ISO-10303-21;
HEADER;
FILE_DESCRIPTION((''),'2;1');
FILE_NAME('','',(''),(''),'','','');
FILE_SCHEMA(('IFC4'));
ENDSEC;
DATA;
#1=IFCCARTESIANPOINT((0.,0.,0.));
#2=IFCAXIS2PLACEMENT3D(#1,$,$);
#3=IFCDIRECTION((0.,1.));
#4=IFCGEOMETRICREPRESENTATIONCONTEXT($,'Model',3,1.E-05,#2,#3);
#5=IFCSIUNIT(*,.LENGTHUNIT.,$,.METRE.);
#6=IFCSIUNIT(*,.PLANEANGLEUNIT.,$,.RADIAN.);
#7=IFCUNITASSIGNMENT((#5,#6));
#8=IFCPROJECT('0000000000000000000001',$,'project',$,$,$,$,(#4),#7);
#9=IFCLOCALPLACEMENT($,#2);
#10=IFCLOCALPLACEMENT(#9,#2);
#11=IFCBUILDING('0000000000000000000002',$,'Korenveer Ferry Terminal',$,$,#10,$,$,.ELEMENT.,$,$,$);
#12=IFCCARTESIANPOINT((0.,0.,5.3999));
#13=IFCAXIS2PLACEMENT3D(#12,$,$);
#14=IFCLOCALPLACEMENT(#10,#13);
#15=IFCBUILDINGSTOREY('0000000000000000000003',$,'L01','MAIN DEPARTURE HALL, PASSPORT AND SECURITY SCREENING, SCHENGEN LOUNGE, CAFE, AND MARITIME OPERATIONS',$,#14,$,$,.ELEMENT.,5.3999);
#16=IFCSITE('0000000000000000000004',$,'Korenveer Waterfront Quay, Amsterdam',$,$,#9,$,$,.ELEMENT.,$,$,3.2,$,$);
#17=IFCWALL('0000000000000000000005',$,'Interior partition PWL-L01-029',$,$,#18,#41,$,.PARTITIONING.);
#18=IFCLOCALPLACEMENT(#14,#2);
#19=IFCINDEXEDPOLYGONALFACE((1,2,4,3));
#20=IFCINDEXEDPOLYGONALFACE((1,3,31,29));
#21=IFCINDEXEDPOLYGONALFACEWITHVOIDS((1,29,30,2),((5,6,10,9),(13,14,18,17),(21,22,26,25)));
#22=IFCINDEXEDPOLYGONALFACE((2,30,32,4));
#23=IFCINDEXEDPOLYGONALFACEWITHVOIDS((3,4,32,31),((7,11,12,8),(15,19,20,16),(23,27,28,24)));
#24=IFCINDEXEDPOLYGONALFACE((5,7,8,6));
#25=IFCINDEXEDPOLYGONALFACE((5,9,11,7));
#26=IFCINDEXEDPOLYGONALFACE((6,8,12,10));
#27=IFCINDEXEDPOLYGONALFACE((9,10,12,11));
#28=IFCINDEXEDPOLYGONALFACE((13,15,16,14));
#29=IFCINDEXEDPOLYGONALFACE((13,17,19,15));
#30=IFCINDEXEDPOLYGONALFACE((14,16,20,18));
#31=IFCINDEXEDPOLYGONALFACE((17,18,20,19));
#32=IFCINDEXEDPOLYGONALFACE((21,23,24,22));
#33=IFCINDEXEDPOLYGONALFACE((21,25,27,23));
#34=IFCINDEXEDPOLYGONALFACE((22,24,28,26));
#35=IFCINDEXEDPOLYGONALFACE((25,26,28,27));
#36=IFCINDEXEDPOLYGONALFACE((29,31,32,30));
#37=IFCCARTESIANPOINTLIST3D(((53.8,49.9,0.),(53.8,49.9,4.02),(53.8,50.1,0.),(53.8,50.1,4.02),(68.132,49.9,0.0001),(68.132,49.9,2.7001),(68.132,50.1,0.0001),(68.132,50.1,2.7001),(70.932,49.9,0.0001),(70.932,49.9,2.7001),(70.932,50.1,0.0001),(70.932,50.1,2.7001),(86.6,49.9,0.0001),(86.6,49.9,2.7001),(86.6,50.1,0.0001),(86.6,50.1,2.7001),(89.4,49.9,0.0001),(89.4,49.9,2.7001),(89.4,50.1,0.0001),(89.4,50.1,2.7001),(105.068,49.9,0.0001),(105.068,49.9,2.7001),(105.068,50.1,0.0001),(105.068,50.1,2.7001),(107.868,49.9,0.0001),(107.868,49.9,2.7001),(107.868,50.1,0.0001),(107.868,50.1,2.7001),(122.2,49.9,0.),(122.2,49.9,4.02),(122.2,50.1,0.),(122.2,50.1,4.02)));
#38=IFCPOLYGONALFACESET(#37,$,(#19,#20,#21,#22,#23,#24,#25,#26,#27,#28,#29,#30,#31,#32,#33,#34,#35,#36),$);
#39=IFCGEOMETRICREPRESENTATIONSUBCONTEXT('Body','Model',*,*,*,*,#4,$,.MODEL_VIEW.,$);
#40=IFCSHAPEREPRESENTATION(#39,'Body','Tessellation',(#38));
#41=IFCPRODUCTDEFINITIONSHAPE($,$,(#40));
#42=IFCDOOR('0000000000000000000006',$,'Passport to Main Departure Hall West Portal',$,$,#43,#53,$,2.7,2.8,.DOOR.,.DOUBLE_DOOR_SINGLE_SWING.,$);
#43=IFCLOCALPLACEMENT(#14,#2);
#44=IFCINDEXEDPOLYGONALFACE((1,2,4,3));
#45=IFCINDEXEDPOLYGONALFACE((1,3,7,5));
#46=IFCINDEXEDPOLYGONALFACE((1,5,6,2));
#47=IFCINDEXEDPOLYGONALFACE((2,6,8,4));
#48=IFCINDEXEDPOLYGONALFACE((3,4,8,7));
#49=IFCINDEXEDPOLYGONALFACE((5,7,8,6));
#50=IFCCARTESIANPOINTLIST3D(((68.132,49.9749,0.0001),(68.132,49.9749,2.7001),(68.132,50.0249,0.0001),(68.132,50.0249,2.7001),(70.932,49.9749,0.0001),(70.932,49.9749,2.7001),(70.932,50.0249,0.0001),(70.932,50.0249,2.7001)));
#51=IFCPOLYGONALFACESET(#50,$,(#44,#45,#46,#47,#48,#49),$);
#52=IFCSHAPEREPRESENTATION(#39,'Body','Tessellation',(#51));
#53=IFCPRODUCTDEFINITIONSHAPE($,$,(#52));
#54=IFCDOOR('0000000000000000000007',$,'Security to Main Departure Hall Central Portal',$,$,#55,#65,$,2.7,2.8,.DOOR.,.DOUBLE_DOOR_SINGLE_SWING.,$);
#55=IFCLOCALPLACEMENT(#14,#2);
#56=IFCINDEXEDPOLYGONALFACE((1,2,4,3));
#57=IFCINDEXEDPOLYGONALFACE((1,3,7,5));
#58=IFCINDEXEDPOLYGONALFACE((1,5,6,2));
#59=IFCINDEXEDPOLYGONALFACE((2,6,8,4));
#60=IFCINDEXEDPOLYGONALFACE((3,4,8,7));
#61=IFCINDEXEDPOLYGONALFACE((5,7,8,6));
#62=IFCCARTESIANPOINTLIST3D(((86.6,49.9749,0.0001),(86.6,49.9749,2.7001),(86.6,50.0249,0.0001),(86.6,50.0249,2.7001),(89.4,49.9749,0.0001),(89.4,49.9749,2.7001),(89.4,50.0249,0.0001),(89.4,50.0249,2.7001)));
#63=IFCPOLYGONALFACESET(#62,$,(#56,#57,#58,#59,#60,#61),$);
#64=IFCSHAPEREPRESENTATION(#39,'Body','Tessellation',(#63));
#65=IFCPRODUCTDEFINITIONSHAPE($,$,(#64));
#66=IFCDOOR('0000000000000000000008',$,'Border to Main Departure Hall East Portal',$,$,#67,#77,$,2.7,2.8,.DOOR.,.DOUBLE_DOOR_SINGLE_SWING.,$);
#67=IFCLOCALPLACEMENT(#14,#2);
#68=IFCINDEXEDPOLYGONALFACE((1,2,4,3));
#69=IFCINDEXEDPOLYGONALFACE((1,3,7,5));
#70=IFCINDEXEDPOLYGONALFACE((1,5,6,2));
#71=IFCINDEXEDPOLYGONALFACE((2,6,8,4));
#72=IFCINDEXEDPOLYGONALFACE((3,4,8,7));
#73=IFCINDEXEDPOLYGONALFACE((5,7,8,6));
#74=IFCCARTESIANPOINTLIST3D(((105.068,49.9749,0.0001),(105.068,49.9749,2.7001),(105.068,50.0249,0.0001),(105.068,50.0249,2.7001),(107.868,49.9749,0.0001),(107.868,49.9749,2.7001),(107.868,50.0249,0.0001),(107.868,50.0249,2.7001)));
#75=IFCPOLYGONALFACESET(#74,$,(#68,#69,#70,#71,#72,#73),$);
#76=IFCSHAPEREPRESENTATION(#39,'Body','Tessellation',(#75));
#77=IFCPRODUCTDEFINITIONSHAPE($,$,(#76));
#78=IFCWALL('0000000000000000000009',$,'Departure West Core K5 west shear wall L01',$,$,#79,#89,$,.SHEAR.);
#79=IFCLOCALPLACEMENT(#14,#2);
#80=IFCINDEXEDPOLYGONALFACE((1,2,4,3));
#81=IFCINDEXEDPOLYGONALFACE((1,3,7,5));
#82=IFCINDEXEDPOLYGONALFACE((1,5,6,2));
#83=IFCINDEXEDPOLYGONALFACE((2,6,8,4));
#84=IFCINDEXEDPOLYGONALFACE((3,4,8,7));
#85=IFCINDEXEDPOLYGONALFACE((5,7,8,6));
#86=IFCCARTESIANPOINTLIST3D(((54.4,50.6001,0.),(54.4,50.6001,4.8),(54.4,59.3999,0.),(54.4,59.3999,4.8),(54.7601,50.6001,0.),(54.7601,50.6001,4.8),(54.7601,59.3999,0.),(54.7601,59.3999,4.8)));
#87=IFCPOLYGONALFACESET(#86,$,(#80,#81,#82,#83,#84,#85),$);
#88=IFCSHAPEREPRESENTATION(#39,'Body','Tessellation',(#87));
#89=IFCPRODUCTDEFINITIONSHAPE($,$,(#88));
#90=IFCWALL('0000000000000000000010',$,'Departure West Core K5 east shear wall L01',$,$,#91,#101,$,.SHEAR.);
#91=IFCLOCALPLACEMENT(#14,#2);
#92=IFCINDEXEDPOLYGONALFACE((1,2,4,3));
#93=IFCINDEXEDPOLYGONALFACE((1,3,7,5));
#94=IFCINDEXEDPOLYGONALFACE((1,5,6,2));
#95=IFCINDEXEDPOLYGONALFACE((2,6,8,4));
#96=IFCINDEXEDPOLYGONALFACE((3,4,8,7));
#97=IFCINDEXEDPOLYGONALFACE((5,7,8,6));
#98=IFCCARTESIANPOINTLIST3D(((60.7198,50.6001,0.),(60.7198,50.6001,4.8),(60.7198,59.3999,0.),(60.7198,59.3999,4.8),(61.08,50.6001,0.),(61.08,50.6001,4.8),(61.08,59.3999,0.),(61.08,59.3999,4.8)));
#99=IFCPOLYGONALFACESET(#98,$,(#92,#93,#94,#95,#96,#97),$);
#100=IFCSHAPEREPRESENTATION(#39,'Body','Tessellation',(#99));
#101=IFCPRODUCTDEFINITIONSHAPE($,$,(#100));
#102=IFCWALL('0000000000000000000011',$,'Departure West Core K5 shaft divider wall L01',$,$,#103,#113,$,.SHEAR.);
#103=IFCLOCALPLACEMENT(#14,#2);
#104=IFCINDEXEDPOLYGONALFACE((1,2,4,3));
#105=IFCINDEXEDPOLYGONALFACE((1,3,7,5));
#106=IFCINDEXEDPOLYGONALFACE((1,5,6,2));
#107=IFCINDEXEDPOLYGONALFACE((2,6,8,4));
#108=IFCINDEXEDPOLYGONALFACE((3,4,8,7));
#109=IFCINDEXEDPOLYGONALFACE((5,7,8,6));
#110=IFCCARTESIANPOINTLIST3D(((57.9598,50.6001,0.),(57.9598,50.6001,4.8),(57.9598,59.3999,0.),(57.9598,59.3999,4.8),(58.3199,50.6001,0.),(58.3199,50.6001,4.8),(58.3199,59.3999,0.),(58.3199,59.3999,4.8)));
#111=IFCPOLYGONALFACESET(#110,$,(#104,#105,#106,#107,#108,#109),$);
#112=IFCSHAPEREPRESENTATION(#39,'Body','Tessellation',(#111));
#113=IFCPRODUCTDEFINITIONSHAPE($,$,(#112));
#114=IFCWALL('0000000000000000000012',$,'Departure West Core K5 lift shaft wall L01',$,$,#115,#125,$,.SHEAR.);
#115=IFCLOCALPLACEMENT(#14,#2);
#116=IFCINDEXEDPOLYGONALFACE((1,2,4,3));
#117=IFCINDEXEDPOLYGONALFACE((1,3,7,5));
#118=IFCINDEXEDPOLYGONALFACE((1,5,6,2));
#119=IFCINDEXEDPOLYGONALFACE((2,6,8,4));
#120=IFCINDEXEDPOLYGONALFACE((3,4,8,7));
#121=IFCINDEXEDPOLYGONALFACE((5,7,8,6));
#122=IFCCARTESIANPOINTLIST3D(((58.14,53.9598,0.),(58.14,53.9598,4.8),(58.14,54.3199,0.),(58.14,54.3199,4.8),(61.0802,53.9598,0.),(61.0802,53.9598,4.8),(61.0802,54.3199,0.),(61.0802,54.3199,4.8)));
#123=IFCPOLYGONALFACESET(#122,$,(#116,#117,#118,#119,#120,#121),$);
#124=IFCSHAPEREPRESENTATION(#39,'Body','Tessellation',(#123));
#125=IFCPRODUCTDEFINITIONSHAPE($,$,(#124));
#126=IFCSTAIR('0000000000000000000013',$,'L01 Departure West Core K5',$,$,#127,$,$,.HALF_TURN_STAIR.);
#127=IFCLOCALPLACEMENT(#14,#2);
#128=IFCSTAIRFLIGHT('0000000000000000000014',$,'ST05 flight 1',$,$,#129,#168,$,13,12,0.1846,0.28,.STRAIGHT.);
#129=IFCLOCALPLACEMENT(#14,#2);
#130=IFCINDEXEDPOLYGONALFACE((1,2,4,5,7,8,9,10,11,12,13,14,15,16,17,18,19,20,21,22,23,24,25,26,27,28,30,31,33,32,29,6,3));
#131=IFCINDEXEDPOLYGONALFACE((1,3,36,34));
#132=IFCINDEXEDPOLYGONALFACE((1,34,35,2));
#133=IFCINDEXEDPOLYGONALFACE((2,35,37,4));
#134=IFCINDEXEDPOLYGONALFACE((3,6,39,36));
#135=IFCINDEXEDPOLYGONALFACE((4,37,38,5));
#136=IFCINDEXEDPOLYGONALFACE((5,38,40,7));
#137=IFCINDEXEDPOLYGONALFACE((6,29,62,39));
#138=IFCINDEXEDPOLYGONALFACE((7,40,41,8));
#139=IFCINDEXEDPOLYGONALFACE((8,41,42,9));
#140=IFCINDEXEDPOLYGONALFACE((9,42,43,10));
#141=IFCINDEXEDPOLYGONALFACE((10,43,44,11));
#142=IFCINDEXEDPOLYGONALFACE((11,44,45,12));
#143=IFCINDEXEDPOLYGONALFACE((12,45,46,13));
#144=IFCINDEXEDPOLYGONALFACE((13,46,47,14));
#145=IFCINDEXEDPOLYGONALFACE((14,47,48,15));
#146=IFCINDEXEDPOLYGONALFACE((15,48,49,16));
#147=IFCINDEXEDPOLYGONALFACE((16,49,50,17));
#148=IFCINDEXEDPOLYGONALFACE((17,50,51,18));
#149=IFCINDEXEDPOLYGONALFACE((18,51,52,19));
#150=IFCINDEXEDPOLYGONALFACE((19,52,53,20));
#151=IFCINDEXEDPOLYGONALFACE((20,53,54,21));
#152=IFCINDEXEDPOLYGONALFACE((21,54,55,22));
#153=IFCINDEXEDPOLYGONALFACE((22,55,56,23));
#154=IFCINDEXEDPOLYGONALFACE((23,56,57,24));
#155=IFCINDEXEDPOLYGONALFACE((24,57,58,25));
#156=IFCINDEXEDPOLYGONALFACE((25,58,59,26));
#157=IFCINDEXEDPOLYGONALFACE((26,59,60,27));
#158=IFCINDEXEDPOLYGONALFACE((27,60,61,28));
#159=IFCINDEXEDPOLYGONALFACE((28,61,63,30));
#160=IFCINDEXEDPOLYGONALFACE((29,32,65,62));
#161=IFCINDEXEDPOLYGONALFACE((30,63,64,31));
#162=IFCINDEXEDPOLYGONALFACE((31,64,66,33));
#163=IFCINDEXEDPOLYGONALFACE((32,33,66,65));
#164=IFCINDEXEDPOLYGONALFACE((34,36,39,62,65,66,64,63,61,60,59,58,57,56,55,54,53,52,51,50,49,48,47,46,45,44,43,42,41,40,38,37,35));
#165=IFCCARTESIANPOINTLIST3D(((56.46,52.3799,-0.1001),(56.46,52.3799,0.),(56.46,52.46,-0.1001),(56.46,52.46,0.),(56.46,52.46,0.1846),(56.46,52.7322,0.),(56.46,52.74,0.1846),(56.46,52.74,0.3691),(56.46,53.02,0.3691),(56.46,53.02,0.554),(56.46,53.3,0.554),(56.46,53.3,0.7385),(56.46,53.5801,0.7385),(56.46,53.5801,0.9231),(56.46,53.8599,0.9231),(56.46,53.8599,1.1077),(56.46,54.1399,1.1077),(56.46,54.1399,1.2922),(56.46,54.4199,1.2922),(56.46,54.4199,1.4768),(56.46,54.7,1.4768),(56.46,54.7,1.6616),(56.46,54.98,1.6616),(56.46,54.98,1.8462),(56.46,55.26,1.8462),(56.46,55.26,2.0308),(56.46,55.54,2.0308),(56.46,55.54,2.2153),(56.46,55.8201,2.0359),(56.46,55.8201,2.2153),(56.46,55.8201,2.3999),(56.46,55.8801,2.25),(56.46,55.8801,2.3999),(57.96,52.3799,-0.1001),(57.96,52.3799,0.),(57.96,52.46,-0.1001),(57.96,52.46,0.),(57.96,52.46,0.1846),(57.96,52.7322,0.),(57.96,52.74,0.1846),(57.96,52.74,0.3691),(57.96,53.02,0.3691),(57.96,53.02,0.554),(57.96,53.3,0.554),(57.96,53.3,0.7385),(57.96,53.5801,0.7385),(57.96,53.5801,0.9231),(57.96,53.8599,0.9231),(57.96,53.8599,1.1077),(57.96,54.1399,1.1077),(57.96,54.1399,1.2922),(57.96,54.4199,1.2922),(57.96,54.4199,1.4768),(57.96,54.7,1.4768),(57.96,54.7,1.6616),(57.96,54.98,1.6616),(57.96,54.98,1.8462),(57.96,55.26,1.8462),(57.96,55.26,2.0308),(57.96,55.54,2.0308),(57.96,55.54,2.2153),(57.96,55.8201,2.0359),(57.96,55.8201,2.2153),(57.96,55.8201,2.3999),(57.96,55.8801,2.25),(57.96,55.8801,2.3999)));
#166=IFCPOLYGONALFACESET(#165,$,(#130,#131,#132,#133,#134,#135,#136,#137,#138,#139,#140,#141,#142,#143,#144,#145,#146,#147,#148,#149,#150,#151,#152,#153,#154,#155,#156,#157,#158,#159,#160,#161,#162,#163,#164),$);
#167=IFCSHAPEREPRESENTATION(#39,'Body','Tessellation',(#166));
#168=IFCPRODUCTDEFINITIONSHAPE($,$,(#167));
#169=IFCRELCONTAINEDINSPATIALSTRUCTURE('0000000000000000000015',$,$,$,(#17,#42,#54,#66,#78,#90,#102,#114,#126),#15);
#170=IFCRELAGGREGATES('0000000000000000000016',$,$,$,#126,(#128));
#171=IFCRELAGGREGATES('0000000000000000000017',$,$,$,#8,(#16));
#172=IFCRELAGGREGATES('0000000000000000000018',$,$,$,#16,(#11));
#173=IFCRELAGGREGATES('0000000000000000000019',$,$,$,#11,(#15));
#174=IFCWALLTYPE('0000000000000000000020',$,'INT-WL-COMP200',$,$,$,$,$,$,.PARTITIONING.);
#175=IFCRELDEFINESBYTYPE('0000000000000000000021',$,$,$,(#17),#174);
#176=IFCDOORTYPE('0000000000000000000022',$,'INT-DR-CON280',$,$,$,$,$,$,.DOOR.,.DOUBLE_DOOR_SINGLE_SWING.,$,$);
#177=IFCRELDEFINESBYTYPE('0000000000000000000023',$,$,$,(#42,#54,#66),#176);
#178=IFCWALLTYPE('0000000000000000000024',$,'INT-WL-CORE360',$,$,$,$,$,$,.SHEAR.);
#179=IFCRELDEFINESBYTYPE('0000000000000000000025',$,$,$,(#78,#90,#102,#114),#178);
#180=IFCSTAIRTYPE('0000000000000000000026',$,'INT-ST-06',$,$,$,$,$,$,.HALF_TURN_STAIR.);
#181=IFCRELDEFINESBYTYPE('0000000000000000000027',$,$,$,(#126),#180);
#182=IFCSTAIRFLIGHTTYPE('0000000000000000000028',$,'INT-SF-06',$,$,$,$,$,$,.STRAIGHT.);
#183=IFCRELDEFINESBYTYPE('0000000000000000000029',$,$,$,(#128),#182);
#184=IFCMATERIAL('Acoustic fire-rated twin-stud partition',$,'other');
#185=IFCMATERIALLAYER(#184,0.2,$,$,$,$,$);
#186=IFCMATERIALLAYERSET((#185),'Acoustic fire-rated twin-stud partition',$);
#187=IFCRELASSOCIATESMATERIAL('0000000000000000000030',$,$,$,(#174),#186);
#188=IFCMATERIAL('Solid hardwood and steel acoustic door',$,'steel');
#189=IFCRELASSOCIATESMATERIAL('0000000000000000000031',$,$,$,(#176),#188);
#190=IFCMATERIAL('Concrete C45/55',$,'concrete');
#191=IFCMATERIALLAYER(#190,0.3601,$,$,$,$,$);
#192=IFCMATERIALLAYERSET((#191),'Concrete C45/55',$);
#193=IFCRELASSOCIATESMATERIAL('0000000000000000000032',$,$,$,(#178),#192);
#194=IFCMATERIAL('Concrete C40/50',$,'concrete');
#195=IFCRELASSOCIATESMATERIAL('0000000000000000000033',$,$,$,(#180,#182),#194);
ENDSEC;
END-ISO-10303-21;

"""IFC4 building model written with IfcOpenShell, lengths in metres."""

from ifc_helpers import new_model, si_unit, direction, frame, frame_2d, origin, place, context, subcontext, project, spatial, polyline, rectangle, outline, extrude, material, layer, layer_set, type_object, element, fill, aggregate, save


model = new_model("IFC4")

# Units and contexts
model_context = context("Model", 3, precision=1e-05, world=origin(), true_north=direction((0.0, 1.0)))
body_context = subcontext(model_context, "Body", "Model", "MODEL_VIEW")
ifc_project = project(units=[si_unit("LENGTHUNIT", "METRE"), si_unit("PLANEANGLEUNIT", "RADIAN")], contexts=[model_context])

# Site, building, storey
site_placement = place(None, origin())
site = spatial("IfcSite", under=ifc_project, at=site_placement, Name="Korenveer Waterfront Quay, Amsterdam", CompositionType="ELEMENT", RefElevation=3.2)
building_placement = place(site_placement, origin())
building = spatial("IfcBuilding", under=site, at=building_placement, Name="Korenveer Ferry Terminal", CompositionType="ELEMENT")
storey_placement = place(building_placement, frame((0.0, 0.0, 5.3999)))
storey = spatial("IfcBuildingStorey", under=building, at=storey_placement, Name="L01", Description="MAIN DEPARTURE HALL, PASSPORT AND SECURITY SCREENING, SCHENGEN LOUNGE, CAFE, AND MARITIME OPERATIONS", CompositionType="ELEMENT", Elevation=5.3999)

# Wall, openings, doors
ifc_material_1 = material(Name="Acoustic fire-rated twin-stud partition", Category="other")
ifc_layer_1 = layer(ifc_material_1, 0.2)
ifc_layer_set_1 = layer_set([ifc_layer_1], Name="Acoustic fire-rated twin-stud partition")
wall_type_1 = type_object("IfcWallType", Name="INT-WL-COMP200", PredefinedType="PARTITIONING", material=ifc_layer_set_1)
wall_1_placement = place(storey_placement, frame((53.8, 50.0, 0.0), z_axis=(0.0, 0.0, 1.0), x_axis=(1.0, 0.0, 0.0)))
wall_1 = element("IfcWall", 1, at=wall_1_placement, inside=storey, type_object=wall_type_1, Name="Interior partition PWL-L01-029", PredefinedType="PARTITIONING", context=body_context, shape_type="SweptSolid", body=[
    extrude(rectangle(XDim=68.3999, YDim=0.2, at=frame_2d((34.2, 0.0))), origin(), (0.0, 0.0, 1.0), 4.02),
])
opening_1_placement = place(wall_1_placement, frame((14.332, 0.0, 0.0)))
opening_1 = element("IfcOpeningElement", 2, at=opening_1_placement, cuts=wall_1, PredefinedType="OPENING", context=body_context, shape_type="SweptSolid", body=[
    extrude(rectangle(XDim=2.8, YDim=2.7, at=frame_2d((1.3999, 1.3501))), frame((0.0, 0.1099, 0.0), z_axis=(0.0, -1.0, 0.0), x_axis=(1.0, 0.0, 0.0)), (0.0, 0.0, 1.0), 0.22),
])
opening_2_placement = place(wall_1_placement, frame((32.8, 0.0, 0.0)))
opening_2 = element("IfcOpeningElement", 3, at=opening_2_placement, cuts=wall_1, PredefinedType="OPENING", context=body_context, shape_type="SweptSolid", body=[
    extrude(rectangle(XDim=2.8, YDim=2.7, at=frame_2d((1.3999, 1.3501))), frame((0.0, 0.1099, 0.0), z_axis=(0.0, -1.0, 0.0), x_axis=(1.0, 0.0, 0.0)), (0.0, 0.0, 1.0), 0.22),
])
opening_3_placement = place(wall_1_placement, frame((51.2681, 0.0, 0.0)))
opening_3 = element("IfcOpeningElement", 4, at=opening_3_placement, cuts=wall_1, PredefinedType="OPENING", context=body_context, shape_type="SweptSolid", body=[
    extrude(rectangle(XDim=2.8, YDim=2.7, at=frame_2d((1.3999, 1.3501))), frame((0.0, 0.1099, 0.0), z_axis=(0.0, -1.0, 0.0), x_axis=(1.0, 0.0, 0.0)), (0.0, 0.0, 1.0), 0.22),
])
ifc_material_2 = material(Name="Solid hardwood and steel acoustic door", Category="steel")
door_type_1 = type_object("IfcDoorType", Name="INT-DR-CON280", OperationType="DOUBLE_DOOR_SINGLE_SWING", PredefinedType="DOOR", material=ifc_material_2)
door_1_placement = place(opening_1_placement, origin())
door_1 = element("IfcDoor", 5, at=door_1_placement, inside=storey, type_object=door_type_1, Name="Passport to Main Departure Hall West Portal", OperationType="DOUBLE_DOOR_SINGLE_SWING", OverallHeight=2.7, OverallWidth=2.8, PredefinedType="DOOR", context=body_context, shape_type="SweptSolid", body=[
    extrude(rectangle(XDim=2.8, YDim=2.7, at=frame_2d((1.3999, 1.3501))), frame((0.0, 0.0249, 0.0), z_axis=(0.0, -1.0, 0.0), x_axis=(1.0, 0.0, 0.0)), (0.0, 0.0, 1.0), 0.05),
])
fill(opening_1, door_1)
door_2_placement = place(opening_2_placement, origin())
door_2 = element("IfcDoor", 6, at=door_2_placement, inside=storey, type_object=door_type_1, Name="Security to Main Departure Hall Central Portal", OperationType="DOUBLE_DOOR_SINGLE_SWING", OverallHeight=2.7, OverallWidth=2.8, PredefinedType="DOOR", context=body_context, shape_type="SweptSolid", body=[
    extrude(rectangle(XDim=2.8, YDim=2.7, at=frame_2d((1.3999, 1.3501))), frame((0.0, 0.0249, 0.0), z_axis=(0.0, -1.0, 0.0), x_axis=(1.0, 0.0, 0.0)), (0.0, 0.0, 1.0), 0.05),
])
fill(opening_2, door_2)
door_3_placement = place(opening_3_placement, origin())
door_3 = element("IfcDoor", 7, at=door_3_placement, inside=storey, type_object=door_type_1, Name="Border to Main Departure Hall East Portal", OperationType="DOUBLE_DOOR_SINGLE_SWING", OverallHeight=2.7, OverallWidth=2.8, PredefinedType="DOOR", context=body_context, shape_type="SweptSolid", body=[
    extrude(rectangle(XDim=2.8, YDim=2.7, at=frame_2d((1.3999, 1.3501))), frame((0.0, 0.0249, 0.0), z_axis=(0.0, -1.0, 0.0), x_axis=(1.0, 0.0, 0.0)), (0.0, 0.0, 1.0), 0.05),
])
fill(opening_3, door_3)
ifc_material_3 = material(Name="Concrete C45/55", Category="concrete")
ifc_layer_2 = layer(ifc_material_3, 0.3601)
ifc_layer_set_2 = layer_set([ifc_layer_2], Name="Concrete C45/55")
wall_type_2 = type_object("IfcWallType", Name="INT-WL-CORE360", PredefinedType="SHEAR", material=ifc_layer_set_2)

# Walls
for number, where, z_axis, x_axis, name in (
    (8, (54.5801, 50.6001, 0.0), (0.0, 0.0, 1.0), (0.0, 1.0, 0.0), "Departure West Core K5 west shear wall L01"),
    (9, (60.8999, 50.6001, 0.0), (0.0, 0.0, 1.0), (0.0, 1.0, 0.0), "Departure West Core K5 east shear wall L01"),
    (10, (58.1399, 50.6001, 0.0), (0.0, 0.0, 1.0), (0.0, 1.0, 0.0), "Departure West Core K5 shaft divider wall L01"),
):
    element("IfcWall", number, at=place(storey_placement, frame(where, z_axis=z_axis, x_axis=x_axis)), inside=storey, type_object=wall_type_2, Name=name, PredefinedType="SHEAR", context=body_context, shape_type="SweptSolid", body=[
        extrude(rectangle(XDim=8.7998, YDim=0.3601, at=frame_2d((4.3999, 0.0))), origin(), (0.0, 0.0, 1.0), 4.8),
    ])
wall_2_placement = place(storey_placement, frame((58.1399, 54.1399, 0.0), z_axis=(0.0, 0.0, 1.0), x_axis=(1.0, 0.0, 0.0)))
element("IfcWall", 11, at=wall_2_placement, inside=storey, type_object=wall_type_2, Name="Departure West Core K5 lift shaft wall L01", PredefinedType="SHEAR", context=body_context, shape_type="SweptSolid", body=[
    extrude(rectangle(XDim=2.9402, YDim=0.3601, at=frame_2d((1.4702, 0.0))), origin(), (0.0, 0.0, 1.0), 4.8),
])

# Stair, stair flight
ifc_material_4 = material(Name="Concrete C40/50", Category="concrete")
stair_type = type_object("IfcStairType", Name="INT-ST-06", PredefinedType="HALF_TURN_STAIR", material=ifc_material_4)
stair_placement = place(storey_placement, frame((57.21, 52.46, 0.0)))
stair = element("IfcStair", 12, at=stair_placement, inside=storey, type_object=stair_type, Name="L01 Departure West Core K5", PredefinedType="HALF_TURN_STAIR")
stair_flight_type = type_object("IfcStairFlightType", Name="INT-SF-06", PredefinedType="STRAIGHT", material=ifc_material_4)
stair_flight_1_placement = place(storey_placement, frame((57.21, 52.46, 0.0), z_axis=(0.0, 0.0, 1.0), x_axis=(0.0, 1.0, 0.0)))
stair_flight_1 = element("IfcStairFlight", 13, at=stair_flight_1_placement, type_object=stair_flight_type, Name="ST05 flight 1", NumberOfRisers=13, NumberOfTreads=12, PredefinedType="STRAIGHT", RiserHeight=0.1846, TreadLength=0.28, context=body_context, shape_type="SweptSolid", body=[
    extrude(outline(polyline([(-0.0801, 0.0), (0.0, 0.0), (0.0, 0.1846), (0.28, 0.1846), (0.28, 0.3691), (0.5601, 0.3691), (0.5601, 0.554), (0.8401, 0.554), (0.8401, 0.7385), (1.1201, 0.7385), (1.1201, 0.9231), (1.3999, 0.9231), (1.3999, 1.1077), (1.6799, 1.1077), (1.6799, 1.2922), (1.96, 1.2922), (1.96, 1.4768), (2.24, 1.4768), (2.24, 1.6616), (2.52, 1.6616), (2.52, 1.8462), (2.8, 1.8462), (2.8, 2.0308), (3.0801, 2.0308), (3.0801, 2.2153), (3.3601, 2.2153), (3.3601, 2.3999), (3.4202, 2.3999), (3.4202, 2.25), (3.3601, 2.0359), (0.2722, 0.0), (0.0, -0.1001), (-0.0801, -0.1001), (-0.0801, 0.0)])), frame((0.0, 0.75, 0.0), z_axis=(0.0, -1.0, 0.0), x_axis=(1.0, 0.0, 0.0)), (0.0, 0.0, 1.0), 1.5),
])
aggregate(stair, [stair_flight_1])

save(model, "model.ifc")
